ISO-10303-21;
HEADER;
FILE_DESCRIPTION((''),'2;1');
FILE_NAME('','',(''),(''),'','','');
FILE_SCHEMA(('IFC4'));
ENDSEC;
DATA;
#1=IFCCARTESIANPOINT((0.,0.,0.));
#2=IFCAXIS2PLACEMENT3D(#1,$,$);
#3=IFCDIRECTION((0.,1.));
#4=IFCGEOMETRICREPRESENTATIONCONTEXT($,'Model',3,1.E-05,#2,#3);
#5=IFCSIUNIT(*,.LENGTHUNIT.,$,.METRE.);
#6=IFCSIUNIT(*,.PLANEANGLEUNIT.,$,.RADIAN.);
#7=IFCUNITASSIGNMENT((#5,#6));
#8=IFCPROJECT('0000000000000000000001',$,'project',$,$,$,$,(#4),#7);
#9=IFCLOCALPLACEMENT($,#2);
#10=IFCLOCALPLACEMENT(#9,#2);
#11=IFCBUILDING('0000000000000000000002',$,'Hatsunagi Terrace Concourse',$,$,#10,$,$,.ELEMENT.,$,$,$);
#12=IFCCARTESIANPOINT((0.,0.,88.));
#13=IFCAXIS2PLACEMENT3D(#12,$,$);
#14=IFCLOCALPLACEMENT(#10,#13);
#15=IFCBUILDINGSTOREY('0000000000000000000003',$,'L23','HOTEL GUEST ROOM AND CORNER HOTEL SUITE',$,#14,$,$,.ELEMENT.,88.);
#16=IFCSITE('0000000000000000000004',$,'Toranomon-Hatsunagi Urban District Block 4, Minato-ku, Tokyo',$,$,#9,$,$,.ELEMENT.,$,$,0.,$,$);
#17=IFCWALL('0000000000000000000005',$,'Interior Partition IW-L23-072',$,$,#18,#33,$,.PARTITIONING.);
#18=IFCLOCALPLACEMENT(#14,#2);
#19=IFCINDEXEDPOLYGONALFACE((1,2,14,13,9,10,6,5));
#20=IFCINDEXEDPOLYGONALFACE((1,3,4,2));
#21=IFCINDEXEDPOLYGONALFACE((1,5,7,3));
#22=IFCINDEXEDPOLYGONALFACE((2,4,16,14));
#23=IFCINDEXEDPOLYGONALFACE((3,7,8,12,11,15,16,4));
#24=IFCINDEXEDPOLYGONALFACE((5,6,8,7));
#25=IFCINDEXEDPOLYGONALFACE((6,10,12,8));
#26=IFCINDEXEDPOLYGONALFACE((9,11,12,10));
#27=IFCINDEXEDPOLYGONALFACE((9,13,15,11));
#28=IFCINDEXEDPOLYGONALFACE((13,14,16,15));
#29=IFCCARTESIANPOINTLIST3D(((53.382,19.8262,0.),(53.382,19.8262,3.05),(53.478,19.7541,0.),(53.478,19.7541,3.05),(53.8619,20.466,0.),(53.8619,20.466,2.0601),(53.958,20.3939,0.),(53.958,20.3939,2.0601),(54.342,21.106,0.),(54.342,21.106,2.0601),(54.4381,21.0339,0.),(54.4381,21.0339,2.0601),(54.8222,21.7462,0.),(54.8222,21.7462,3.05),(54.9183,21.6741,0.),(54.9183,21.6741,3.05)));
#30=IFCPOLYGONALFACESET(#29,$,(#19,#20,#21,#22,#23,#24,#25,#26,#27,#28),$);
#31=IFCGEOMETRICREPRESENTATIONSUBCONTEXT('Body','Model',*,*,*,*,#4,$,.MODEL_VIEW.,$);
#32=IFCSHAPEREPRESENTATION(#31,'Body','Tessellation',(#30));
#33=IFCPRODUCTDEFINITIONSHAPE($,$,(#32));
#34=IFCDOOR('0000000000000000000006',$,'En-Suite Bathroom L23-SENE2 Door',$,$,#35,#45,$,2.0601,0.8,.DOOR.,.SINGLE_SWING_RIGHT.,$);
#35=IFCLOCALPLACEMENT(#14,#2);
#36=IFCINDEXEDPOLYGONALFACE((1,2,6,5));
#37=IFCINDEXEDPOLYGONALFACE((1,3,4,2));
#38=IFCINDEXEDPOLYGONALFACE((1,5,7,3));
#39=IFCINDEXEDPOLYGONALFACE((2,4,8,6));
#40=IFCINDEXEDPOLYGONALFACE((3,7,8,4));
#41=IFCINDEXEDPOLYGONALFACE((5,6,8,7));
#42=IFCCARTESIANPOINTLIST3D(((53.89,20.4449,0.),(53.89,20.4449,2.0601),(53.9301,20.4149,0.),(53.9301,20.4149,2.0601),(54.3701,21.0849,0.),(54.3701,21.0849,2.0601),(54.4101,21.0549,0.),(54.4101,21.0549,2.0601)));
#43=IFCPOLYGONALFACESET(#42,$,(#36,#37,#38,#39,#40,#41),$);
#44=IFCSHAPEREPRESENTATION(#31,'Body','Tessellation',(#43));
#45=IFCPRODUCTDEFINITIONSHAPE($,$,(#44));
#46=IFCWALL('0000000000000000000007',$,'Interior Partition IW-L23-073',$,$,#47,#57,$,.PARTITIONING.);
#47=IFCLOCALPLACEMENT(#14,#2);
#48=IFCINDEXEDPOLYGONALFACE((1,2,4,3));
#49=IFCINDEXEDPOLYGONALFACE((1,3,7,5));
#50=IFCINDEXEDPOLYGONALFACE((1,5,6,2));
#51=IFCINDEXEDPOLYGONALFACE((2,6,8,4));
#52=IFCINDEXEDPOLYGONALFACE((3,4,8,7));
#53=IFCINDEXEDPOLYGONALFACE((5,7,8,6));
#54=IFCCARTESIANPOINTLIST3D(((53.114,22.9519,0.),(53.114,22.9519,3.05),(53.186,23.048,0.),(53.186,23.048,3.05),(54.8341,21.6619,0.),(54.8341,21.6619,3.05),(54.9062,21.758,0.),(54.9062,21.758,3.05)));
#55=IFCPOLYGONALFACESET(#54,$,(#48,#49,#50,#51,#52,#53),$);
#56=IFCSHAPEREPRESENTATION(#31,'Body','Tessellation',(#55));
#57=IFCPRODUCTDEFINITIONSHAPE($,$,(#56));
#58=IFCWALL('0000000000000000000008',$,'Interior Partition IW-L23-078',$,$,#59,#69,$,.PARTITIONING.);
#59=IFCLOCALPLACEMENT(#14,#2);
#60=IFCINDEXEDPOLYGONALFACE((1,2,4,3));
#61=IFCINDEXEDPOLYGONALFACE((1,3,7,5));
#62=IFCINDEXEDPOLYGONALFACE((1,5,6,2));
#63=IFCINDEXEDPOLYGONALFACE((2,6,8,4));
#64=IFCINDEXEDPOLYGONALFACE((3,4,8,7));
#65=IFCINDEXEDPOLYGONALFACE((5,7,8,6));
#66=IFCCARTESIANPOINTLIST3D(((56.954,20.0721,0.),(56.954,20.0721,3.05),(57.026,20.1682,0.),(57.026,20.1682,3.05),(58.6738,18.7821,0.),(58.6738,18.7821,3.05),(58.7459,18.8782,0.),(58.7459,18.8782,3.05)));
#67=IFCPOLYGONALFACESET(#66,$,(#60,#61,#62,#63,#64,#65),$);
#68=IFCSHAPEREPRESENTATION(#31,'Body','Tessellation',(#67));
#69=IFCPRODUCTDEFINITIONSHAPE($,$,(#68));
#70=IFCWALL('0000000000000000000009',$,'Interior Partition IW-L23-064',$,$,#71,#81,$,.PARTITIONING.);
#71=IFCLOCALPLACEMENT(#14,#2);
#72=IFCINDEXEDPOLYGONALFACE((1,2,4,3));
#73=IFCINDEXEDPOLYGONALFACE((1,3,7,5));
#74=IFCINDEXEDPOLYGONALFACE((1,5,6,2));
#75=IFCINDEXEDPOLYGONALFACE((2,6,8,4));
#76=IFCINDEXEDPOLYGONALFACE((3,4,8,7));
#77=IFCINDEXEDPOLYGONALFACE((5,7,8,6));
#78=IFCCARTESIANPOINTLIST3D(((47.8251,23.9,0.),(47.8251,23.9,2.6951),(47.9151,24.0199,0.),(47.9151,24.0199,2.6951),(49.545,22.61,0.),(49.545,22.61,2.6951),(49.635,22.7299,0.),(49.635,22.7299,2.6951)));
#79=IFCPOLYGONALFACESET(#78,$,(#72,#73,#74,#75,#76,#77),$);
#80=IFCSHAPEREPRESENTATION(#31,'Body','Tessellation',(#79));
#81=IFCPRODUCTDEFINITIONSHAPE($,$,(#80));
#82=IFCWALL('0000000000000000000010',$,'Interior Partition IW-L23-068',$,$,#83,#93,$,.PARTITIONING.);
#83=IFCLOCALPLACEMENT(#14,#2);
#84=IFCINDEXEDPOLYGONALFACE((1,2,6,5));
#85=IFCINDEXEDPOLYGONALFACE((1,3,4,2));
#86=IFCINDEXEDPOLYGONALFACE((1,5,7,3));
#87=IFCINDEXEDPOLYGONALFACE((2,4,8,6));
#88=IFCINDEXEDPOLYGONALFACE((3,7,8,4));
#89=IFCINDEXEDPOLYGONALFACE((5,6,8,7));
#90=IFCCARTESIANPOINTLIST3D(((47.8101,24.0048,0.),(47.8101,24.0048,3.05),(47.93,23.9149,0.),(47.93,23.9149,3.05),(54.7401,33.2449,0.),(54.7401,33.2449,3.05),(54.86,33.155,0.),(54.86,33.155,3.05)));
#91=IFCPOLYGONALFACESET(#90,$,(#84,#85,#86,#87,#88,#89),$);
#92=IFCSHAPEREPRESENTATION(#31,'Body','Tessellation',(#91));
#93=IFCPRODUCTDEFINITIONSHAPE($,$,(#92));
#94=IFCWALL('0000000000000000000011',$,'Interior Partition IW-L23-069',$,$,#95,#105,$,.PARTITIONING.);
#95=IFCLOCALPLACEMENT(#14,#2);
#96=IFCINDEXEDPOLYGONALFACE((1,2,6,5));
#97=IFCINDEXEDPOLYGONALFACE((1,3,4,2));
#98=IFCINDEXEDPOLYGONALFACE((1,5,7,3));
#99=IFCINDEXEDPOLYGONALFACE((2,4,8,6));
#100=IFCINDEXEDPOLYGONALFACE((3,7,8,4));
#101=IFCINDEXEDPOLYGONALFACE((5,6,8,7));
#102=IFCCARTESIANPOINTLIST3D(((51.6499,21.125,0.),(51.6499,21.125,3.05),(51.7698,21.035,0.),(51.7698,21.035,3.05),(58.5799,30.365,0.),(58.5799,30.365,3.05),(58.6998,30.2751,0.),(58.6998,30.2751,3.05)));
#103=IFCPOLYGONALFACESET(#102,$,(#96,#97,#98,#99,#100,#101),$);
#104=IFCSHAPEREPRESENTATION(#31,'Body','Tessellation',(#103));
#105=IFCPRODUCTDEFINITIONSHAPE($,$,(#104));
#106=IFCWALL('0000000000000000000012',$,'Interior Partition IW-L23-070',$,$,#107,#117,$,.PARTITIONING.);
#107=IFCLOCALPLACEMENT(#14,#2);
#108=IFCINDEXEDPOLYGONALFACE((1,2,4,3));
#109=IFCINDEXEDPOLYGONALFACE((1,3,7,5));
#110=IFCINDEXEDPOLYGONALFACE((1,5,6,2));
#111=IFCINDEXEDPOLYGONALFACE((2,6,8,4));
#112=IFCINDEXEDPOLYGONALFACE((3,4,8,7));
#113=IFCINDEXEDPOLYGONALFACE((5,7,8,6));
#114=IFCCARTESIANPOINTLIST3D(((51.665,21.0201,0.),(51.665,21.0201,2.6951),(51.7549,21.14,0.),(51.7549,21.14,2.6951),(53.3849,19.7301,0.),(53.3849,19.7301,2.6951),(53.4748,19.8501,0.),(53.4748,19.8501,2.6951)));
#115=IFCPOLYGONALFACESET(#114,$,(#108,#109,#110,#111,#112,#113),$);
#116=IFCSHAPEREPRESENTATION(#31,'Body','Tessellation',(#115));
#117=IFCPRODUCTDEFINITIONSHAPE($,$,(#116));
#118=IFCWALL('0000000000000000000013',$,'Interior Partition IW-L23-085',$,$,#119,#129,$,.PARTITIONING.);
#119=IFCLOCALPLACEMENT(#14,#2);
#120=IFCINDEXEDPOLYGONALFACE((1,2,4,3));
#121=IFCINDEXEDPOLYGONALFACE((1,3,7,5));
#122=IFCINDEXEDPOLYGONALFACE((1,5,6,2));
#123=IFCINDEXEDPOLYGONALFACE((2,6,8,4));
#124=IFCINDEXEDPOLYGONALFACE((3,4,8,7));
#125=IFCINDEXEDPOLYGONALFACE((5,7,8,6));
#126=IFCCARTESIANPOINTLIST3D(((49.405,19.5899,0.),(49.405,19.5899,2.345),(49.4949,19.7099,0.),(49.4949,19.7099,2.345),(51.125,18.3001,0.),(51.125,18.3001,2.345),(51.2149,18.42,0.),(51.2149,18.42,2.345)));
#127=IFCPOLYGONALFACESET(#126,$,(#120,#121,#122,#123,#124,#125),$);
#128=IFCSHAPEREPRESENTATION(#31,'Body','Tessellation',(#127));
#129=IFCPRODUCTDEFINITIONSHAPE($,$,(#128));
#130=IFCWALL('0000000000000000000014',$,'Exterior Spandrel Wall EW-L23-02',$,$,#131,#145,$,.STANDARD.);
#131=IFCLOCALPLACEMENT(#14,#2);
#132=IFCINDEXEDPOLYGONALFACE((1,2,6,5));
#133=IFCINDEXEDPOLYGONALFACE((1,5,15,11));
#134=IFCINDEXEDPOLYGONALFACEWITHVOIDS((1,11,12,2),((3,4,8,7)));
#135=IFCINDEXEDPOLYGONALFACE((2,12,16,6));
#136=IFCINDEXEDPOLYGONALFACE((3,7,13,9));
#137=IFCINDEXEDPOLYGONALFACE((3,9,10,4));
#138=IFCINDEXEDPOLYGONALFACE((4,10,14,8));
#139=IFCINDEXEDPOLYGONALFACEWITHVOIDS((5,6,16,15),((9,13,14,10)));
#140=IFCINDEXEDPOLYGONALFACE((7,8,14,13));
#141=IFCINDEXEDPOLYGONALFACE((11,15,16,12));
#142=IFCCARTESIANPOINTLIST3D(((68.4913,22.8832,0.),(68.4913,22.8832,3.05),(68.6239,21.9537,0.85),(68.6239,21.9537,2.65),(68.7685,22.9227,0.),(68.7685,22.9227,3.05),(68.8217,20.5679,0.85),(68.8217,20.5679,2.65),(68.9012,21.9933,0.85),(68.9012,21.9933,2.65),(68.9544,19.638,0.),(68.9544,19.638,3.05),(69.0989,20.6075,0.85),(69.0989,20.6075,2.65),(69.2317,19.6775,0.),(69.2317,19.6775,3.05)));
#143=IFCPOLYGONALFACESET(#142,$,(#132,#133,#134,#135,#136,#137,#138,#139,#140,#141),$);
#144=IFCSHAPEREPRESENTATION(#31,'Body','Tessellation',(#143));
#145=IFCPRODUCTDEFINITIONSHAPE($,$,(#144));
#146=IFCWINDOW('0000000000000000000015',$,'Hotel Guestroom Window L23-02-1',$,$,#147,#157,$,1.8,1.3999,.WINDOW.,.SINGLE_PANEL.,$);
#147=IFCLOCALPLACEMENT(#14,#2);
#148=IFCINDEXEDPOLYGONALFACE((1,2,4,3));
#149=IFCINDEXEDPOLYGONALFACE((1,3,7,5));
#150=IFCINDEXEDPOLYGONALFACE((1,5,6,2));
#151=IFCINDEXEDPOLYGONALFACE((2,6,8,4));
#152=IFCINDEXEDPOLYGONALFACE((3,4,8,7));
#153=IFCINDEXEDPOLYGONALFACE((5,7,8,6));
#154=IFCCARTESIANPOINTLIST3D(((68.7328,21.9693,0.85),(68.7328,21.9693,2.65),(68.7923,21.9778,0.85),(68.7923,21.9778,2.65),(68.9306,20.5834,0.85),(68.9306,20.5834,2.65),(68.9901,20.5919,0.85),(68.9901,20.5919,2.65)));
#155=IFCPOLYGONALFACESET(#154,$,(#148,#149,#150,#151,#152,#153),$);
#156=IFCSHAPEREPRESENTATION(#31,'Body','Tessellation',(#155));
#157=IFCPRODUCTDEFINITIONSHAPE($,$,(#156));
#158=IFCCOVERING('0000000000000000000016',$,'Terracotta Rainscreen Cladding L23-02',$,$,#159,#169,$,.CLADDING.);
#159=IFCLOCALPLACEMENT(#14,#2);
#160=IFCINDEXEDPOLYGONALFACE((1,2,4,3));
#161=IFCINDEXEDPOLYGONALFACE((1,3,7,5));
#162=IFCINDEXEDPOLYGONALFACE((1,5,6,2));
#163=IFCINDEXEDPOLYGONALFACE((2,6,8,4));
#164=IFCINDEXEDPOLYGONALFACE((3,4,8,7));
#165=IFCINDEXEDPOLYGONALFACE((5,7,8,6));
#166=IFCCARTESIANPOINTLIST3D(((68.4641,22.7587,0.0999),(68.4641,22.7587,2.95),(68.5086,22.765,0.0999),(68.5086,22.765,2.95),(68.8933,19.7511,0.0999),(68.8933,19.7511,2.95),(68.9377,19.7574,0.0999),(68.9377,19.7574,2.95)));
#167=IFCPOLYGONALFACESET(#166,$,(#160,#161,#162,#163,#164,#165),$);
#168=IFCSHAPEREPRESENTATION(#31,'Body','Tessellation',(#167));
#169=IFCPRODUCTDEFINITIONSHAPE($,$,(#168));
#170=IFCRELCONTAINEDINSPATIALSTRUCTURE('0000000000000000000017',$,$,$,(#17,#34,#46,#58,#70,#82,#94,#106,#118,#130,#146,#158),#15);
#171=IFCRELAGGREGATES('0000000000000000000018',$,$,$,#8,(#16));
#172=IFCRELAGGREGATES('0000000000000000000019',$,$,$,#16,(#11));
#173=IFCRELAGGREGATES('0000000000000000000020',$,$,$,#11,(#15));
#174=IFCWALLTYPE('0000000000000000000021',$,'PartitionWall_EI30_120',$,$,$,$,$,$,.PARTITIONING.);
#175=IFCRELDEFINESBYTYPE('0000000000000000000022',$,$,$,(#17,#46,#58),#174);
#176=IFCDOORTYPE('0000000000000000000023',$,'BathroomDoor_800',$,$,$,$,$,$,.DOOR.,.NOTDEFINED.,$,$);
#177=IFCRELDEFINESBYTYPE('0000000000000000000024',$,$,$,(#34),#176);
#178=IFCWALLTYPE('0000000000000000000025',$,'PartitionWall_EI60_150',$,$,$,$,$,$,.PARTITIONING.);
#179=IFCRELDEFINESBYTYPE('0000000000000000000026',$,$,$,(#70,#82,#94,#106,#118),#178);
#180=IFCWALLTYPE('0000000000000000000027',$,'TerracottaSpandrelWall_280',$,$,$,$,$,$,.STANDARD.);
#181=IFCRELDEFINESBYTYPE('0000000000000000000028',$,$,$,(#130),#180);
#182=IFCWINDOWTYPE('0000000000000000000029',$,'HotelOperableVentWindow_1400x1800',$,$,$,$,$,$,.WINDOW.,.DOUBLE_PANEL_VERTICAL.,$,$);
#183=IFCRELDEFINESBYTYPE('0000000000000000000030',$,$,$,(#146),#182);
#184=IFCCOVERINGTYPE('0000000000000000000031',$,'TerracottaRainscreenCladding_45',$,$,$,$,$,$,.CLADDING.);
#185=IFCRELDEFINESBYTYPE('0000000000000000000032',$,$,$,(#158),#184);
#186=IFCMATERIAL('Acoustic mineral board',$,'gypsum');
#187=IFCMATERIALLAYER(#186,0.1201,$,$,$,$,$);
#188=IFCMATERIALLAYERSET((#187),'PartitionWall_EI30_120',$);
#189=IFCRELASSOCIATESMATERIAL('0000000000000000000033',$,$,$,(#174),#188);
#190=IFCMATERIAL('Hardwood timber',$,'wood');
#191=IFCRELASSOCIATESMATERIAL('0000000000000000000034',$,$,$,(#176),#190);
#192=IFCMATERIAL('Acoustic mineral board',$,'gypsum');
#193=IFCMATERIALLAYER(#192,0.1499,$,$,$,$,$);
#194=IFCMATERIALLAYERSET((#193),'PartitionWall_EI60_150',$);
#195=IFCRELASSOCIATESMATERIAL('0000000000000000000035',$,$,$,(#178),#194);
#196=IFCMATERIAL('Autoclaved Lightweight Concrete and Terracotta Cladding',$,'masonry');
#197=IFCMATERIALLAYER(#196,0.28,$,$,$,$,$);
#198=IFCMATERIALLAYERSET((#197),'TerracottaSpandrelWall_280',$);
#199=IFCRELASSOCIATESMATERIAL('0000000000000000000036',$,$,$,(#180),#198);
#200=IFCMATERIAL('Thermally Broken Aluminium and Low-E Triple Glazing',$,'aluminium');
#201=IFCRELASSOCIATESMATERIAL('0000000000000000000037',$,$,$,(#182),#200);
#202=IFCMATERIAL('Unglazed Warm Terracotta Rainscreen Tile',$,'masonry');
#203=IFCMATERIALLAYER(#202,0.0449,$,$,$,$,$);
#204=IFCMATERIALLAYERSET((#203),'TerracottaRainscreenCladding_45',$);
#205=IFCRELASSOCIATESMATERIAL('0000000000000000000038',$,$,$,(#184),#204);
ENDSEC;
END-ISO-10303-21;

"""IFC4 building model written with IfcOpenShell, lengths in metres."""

from ifc_helpers import new_model, si_unit, direction, frame, frame_2d, origin, origin_2d, place, context, subcontext, project, spatial, rectangle, extrude, material, layer, layer_set, type_object, element, fill, save


model = new_model("IFC4")

# Units and contexts
model_context = context("Model", 3, precision=1e-05, world=origin(), true_north=direction((0.0, 1.0)))
body_context = subcontext(model_context, "Body", "Model", "MODEL_VIEW")
ifc_project = project(units=[si_unit("LENGTHUNIT", "METRE"), si_unit("PLANEANGLEUNIT", "RADIAN")], contexts=[model_context])

# Site, building, storey
site_placement = place(None, origin())
site = spatial("IfcSite", under=ifc_project, at=site_placement, Name="Toranomon-Hatsunagi Urban District Block 4, Minato-ku, Tokyo", CompositionType="ELEMENT", RefElevation=0.0)
building_placement = place(site_placement, origin())
building = spatial("IfcBuilding", under=site, at=building_placement, Name="Hatsunagi Terrace Concourse", CompositionType="ELEMENT")
storey_placement = place(building_placement, frame((0.0, 0.0, 88.0)))
storey = spatial("IfcBuildingStorey", under=building, at=storey_placement, Name="L23", Description="HOTEL GUEST ROOM AND CORNER HOTEL SUITE", CompositionType="ELEMENT", Elevation=88.0)

# Shared definitions
ifc_material_1 = material(Name="Acoustic mineral board", Category="gypsum")
ifc_layer_1 = layer(ifc_material_1, 0.1201)
ifc_layer_set_1 = layer_set([ifc_layer_1], Name="PartitionWall_EI30_120")
wall_type_1 = type_object("IfcWallType", Name="PartitionWall_EI30_120", PredefinedType="PARTITIONING", material=ifc_layer_set_1)
ifc_material_2 = material(Name="Hardwood timber", Category="wood")
door_type_1 = type_object("IfcDoorType", Name="BathroomDoor_800", OperationType="NOTDEFINED", PredefinedType="DOOR", material=ifc_material_2)

# Wall, opening, door
wall_1_placement = place(storey_placement, frame((53.4299, 19.79, 0.0), z_axis=(0.0, 0.0, 1.0), x_axis=(0.600065, 0.799951, 0.0)))
wall_1 = element("IfcWall", 1, at=wall_1_placement, inside=storey, type_object=wall_type_1, Name="Interior Partition IW-L23-072", PredefinedType="PARTITIONING", context=body_context, shape_type="SweptSolid", body=[
    extrude(rectangle(XDim=2.4001, YDim=0.1201, at=frame_2d((1.2002, 0.0))), origin(), (0.0, 0.0, 1.0), 3.05),
])
opening_1_placement = place(wall_1_placement, frame((0.8, 0.0, 0.0)))
opening_1 = element("IfcOpeningElement", 2, at=opening_1_placement, cuts=wall_1, PredefinedType="OPENING", context=body_context, shape_type="SweptSolid", body=[
    extrude(rectangle(XDim=0.8, YDim=2.0601, at=frame_2d((0.3999, 1.03))), frame((0.0, 0.0701, 0.0), z_axis=(0.0, -1.0, 0.0), x_axis=(1.0, 0.0, 0.0)), (0.0, 0.0, 1.0), 0.1401),
])
door_1_placement = place(opening_1_placement, origin())
door_1 = element("IfcDoor", 3, at=door_1_placement, inside=storey, type_object=door_type_1, Name="En-Suite Bathroom L23-SENE2 Door", OperationType="SINGLE_SWING_RIGHT", OverallHeight=2.0601, OverallWidth=0.8, PredefinedType="DOOR", context=body_context, shape_type="SweptSolid", body=[
    extrude(rectangle(XDim=0.8, YDim=2.0601, at=frame_2d((0.3999, 1.03))), frame((0.0, 0.0249, 0.0), z_axis=(0.0, -1.0, 0.0), x_axis=(1.0, 0.0, 0.0)), (0.0, 0.0, 1.0), 0.05),
])
fill(opening_1, door_1)

# Walls
wall_2_placement = place(storey_placement, frame((53.1499, 23.0, 0.0), z_axis=(0.0, 0.0, 1.0), x_axis=(0.800027, -0.599964, 0.0)))
element("IfcWall", 4, at=wall_2_placement, inside=storey, type_object=wall_type_1, Name="Interior Partition IW-L23-073", PredefinedType="PARTITIONING", context=body_context, shape_type="SweptSolid", body=[
    extrude(rectangle(XDim=2.1501, YDim=0.1201, at=frame_2d((1.0752, 0.0))), origin(), (0.0, 0.0, 1.0), 3.05),
])
wall_3_placement = place(storey_placement, frame((56.99, 20.1201, 0.0), z_axis=(0.0, 0.0, 1.0), x_axis=(0.799986, -0.600018, 0.0)))
element("IfcWall", 5, at=wall_3_placement, inside=storey, type_object=wall_type_1, Name="Interior Partition IW-L23-078", PredefinedType="PARTITIONING", context=body_context, shape_type="SweptSolid", body=[
    extrude(rectangle(XDim=2.1499, YDim=0.1201, at=frame_2d((1.075, 0.0))), origin(), (0.0, 0.0, 1.0), 3.05),
])
ifc_material_3 = material(Name="Acoustic mineral board", Category="gypsum")
ifc_layer_2 = layer(ifc_material_3, 0.1499)
ifc_layer_set_2 = layer_set([ifc_layer_2], Name="PartitionWall_EI60_150")
wall_type_2 = type_object("IfcWallType", Name="PartitionWall_EI60_150", PredefinedType="PARTITIONING", material=ifc_layer_set_2)
wall_4_placement = place(storey_placement, frame((47.8701, 23.96, 0.0), z_axis=(0.0, 0.0, 1.0), x_axis=(0.799986, -0.600018, 0.0)))
element("IfcWall", 6, at=wall_4_placement, inside=storey, type_object=wall_type_2, Name="Interior Partition IW-L23-064", PredefinedType="PARTITIONING", context=body_context, shape_type="SweptSolid", body=[
    extrude(rectangle(XDim=2.1499, YDim=0.1499, at=frame_2d((1.075, 0.0))), origin(), (0.0, 0.0, 1.0), 2.6951),
])

# Walls
for number, where, z_axis, x_axis, name in (
    (7, (47.8701, 23.96, 0.0), (0.0, 0.0, 1.0), (0.599997, 0.800003, 0.0), "Interior Partition IW-L23-068"),
    (8, (51.71, 21.0801, 0.0), (0.0, 0.0, 1.0), (0.599997, 0.800003, 0.0), "Interior Partition IW-L23-069"),
):
    element("IfcWall", number, at=place(storey_placement, frame(where, z_axis=z_axis, x_axis=x_axis)), inside=storey, type_object=wall_type_2, Name=name, PredefinedType="PARTITIONING", context=body_context, shape_type="SweptSolid", body=[
        extrude(rectangle(XDim=11.55, YDim=0.1499, at=frame_2d((5.7749, 0.0))), origin(), (0.0, 0.0, 1.0), 3.05),
    ])
wall_5_placement = place(storey_placement, frame((51.71, 21.0801, 0.0), z_axis=(0.0, 0.0, 1.0), x_axis=(0.799986, -0.600018, 0.0)))
element("IfcWall", 9, at=wall_5_placement, inside=storey, type_object=wall_type_2, Name="Interior Partition IW-L23-070", PredefinedType="PARTITIONING", context=body_context, shape_type="SweptSolid", body=[
    extrude(rectangle(XDim=2.1499, YDim=0.1499, at=frame_2d((1.075, 0.0))), origin(), (0.0, 0.0, 1.0), 2.6951),
])

# Wall
wall_6_placement = place(storey_placement, frame((49.45, 19.6499, 0.0), z_axis=(0.0, 0.0, 1.0), x_axis=(0.800041, -0.599945, 0.0)))
element("IfcWall", 10, at=wall_6_placement, inside=storey, type_object=wall_type_2, Name="Interior Partition IW-L23-085", PredefinedType="PARTITIONING", context=body_context, shape_type="SweptSolid", body=[
    extrude(rectangle(XDim=2.1499, YDim=0.1499, at=frame_2d((1.075, 0.0))), origin(), (0.0, 0.0, 1.0), 2.345),
])

# Wall, opening, window
ifc_material_4 = material(Name="Autoclaved Lightweight Concrete and Terracotta Cladding", Category="masonry")
ifc_layer_3 = layer(ifc_material_4, 0.28)
ifc_layer_set_3 = layer_set([ifc_layer_3], Name="TerracottaSpandrelWall_280")
wall_type_3 = type_object("IfcWallType", Name="TerracottaSpandrelWall_280", PredefinedType="STANDARD", material=ifc_layer_set_3)
wall_7_placement = place(storey_placement, frame((68.6299, 22.9031, 0.0), z_axis=(0.0, 0.0, 1.0), x_axis=(0.141286, -0.989969, 0.0)))
wall_7 = element("IfcWall", 11, at=wall_7_placement, inside=storey, type_object=wall_type_3, Name="Exterior Spandrel Wall EW-L23-02", PredefinedType="STANDARD", context=body_context, shape_type="SweptSolid", body=[
    extrude(rectangle(XDim=3.2781, YDim=0.28, at=frame_2d((1.6392, 0.0))), origin(), (0.0, 0.0, 1.0), 3.05),
])
opening_2_placement = place(wall_7_placement, frame((0.939, 0.0, 0.8501)))
opening_2 = element("IfcOpeningElement", 12, at=opening_2_placement, cuts=wall_7, PredefinedType="OPENING", context=body_context, shape_type="SweptSolid", body=[
    extrude(rectangle(XDim=1.3999, YDim=1.8, at=frame_2d((0.7, 0.8999))), frame((0.0, 0.1499, 0.0), z_axis=(0.0, -1.0, 0.0), x_axis=(1.0, 0.0, 0.0)), (0.0, 0.0, 1.0), 0.3),
])
ifc_material_5 = material(Name="Thermally Broken Aluminium and Low-E Triple Glazing", Category="aluminium")
window_type = type_object("IfcWindowType", Name="HotelOperableVentWindow_1400x1800", PartitioningType="DOUBLE_PANEL_VERTICAL", PredefinedType="WINDOW", material=ifc_material_5)
window_placement = place(opening_2_placement, origin())
window = element("IfcWindow", 13, at=window_placement, inside=storey, type_object=window_type, Name="Hotel Guestroom Window L23-02-1", OverallHeight=1.8, OverallWidth=1.3999, PartitioningType="SINGLE_PANEL", PredefinedType="WINDOW", context=body_context, shape_type="SweptSolid", body=[
    extrude(rectangle(XDim=1.3999, YDim=1.8, at=frame_2d((0.7, 0.8999))), frame((0.0, 0.03, 0.0), z_axis=(0.0, -1.0, 0.0), x_axis=(1.0, 0.0, 0.0)), (0.0, 0.0, 1.0), 0.0601),
])
fill(opening_2, window)

# Covering
ifc_material_6 = material(Name="Unglazed Warm Terracotta Rainscreen Tile", Category="masonry")
ifc_layer_4 = layer(ifc_material_6, 0.0449)
ifc_layer_set_4 = layer_set([ifc_layer_4], Name="TerracottaRainscreenCladding_45")
covering_type = type_object("IfcCoveringType", Name="TerracottaRainscreenCladding_45", PredefinedType="CLADDING", material=ifc_layer_set_4)
covering_placement = place(storey_placement, frame((68.7009, 21.2581, 0.0999), z_axis=(0.0, 0.0, 1.0), x_axis=(0.14125, -0.989974, 0.0)))
element("IfcCovering", 14, at=covering_placement, inside=storey, type_object=covering_type, Name="Terracotta Rainscreen Cladding L23-02", PredefinedType="CLADDING", context=body_context, shape_type="SweptSolid", body=[
    extrude(rectangle(XDim=3.0381, YDim=0.0449, at=origin_2d()), origin(), (0.0, 0.0, 1.0), 2.8501),
])

save(model, "model.ifc")
